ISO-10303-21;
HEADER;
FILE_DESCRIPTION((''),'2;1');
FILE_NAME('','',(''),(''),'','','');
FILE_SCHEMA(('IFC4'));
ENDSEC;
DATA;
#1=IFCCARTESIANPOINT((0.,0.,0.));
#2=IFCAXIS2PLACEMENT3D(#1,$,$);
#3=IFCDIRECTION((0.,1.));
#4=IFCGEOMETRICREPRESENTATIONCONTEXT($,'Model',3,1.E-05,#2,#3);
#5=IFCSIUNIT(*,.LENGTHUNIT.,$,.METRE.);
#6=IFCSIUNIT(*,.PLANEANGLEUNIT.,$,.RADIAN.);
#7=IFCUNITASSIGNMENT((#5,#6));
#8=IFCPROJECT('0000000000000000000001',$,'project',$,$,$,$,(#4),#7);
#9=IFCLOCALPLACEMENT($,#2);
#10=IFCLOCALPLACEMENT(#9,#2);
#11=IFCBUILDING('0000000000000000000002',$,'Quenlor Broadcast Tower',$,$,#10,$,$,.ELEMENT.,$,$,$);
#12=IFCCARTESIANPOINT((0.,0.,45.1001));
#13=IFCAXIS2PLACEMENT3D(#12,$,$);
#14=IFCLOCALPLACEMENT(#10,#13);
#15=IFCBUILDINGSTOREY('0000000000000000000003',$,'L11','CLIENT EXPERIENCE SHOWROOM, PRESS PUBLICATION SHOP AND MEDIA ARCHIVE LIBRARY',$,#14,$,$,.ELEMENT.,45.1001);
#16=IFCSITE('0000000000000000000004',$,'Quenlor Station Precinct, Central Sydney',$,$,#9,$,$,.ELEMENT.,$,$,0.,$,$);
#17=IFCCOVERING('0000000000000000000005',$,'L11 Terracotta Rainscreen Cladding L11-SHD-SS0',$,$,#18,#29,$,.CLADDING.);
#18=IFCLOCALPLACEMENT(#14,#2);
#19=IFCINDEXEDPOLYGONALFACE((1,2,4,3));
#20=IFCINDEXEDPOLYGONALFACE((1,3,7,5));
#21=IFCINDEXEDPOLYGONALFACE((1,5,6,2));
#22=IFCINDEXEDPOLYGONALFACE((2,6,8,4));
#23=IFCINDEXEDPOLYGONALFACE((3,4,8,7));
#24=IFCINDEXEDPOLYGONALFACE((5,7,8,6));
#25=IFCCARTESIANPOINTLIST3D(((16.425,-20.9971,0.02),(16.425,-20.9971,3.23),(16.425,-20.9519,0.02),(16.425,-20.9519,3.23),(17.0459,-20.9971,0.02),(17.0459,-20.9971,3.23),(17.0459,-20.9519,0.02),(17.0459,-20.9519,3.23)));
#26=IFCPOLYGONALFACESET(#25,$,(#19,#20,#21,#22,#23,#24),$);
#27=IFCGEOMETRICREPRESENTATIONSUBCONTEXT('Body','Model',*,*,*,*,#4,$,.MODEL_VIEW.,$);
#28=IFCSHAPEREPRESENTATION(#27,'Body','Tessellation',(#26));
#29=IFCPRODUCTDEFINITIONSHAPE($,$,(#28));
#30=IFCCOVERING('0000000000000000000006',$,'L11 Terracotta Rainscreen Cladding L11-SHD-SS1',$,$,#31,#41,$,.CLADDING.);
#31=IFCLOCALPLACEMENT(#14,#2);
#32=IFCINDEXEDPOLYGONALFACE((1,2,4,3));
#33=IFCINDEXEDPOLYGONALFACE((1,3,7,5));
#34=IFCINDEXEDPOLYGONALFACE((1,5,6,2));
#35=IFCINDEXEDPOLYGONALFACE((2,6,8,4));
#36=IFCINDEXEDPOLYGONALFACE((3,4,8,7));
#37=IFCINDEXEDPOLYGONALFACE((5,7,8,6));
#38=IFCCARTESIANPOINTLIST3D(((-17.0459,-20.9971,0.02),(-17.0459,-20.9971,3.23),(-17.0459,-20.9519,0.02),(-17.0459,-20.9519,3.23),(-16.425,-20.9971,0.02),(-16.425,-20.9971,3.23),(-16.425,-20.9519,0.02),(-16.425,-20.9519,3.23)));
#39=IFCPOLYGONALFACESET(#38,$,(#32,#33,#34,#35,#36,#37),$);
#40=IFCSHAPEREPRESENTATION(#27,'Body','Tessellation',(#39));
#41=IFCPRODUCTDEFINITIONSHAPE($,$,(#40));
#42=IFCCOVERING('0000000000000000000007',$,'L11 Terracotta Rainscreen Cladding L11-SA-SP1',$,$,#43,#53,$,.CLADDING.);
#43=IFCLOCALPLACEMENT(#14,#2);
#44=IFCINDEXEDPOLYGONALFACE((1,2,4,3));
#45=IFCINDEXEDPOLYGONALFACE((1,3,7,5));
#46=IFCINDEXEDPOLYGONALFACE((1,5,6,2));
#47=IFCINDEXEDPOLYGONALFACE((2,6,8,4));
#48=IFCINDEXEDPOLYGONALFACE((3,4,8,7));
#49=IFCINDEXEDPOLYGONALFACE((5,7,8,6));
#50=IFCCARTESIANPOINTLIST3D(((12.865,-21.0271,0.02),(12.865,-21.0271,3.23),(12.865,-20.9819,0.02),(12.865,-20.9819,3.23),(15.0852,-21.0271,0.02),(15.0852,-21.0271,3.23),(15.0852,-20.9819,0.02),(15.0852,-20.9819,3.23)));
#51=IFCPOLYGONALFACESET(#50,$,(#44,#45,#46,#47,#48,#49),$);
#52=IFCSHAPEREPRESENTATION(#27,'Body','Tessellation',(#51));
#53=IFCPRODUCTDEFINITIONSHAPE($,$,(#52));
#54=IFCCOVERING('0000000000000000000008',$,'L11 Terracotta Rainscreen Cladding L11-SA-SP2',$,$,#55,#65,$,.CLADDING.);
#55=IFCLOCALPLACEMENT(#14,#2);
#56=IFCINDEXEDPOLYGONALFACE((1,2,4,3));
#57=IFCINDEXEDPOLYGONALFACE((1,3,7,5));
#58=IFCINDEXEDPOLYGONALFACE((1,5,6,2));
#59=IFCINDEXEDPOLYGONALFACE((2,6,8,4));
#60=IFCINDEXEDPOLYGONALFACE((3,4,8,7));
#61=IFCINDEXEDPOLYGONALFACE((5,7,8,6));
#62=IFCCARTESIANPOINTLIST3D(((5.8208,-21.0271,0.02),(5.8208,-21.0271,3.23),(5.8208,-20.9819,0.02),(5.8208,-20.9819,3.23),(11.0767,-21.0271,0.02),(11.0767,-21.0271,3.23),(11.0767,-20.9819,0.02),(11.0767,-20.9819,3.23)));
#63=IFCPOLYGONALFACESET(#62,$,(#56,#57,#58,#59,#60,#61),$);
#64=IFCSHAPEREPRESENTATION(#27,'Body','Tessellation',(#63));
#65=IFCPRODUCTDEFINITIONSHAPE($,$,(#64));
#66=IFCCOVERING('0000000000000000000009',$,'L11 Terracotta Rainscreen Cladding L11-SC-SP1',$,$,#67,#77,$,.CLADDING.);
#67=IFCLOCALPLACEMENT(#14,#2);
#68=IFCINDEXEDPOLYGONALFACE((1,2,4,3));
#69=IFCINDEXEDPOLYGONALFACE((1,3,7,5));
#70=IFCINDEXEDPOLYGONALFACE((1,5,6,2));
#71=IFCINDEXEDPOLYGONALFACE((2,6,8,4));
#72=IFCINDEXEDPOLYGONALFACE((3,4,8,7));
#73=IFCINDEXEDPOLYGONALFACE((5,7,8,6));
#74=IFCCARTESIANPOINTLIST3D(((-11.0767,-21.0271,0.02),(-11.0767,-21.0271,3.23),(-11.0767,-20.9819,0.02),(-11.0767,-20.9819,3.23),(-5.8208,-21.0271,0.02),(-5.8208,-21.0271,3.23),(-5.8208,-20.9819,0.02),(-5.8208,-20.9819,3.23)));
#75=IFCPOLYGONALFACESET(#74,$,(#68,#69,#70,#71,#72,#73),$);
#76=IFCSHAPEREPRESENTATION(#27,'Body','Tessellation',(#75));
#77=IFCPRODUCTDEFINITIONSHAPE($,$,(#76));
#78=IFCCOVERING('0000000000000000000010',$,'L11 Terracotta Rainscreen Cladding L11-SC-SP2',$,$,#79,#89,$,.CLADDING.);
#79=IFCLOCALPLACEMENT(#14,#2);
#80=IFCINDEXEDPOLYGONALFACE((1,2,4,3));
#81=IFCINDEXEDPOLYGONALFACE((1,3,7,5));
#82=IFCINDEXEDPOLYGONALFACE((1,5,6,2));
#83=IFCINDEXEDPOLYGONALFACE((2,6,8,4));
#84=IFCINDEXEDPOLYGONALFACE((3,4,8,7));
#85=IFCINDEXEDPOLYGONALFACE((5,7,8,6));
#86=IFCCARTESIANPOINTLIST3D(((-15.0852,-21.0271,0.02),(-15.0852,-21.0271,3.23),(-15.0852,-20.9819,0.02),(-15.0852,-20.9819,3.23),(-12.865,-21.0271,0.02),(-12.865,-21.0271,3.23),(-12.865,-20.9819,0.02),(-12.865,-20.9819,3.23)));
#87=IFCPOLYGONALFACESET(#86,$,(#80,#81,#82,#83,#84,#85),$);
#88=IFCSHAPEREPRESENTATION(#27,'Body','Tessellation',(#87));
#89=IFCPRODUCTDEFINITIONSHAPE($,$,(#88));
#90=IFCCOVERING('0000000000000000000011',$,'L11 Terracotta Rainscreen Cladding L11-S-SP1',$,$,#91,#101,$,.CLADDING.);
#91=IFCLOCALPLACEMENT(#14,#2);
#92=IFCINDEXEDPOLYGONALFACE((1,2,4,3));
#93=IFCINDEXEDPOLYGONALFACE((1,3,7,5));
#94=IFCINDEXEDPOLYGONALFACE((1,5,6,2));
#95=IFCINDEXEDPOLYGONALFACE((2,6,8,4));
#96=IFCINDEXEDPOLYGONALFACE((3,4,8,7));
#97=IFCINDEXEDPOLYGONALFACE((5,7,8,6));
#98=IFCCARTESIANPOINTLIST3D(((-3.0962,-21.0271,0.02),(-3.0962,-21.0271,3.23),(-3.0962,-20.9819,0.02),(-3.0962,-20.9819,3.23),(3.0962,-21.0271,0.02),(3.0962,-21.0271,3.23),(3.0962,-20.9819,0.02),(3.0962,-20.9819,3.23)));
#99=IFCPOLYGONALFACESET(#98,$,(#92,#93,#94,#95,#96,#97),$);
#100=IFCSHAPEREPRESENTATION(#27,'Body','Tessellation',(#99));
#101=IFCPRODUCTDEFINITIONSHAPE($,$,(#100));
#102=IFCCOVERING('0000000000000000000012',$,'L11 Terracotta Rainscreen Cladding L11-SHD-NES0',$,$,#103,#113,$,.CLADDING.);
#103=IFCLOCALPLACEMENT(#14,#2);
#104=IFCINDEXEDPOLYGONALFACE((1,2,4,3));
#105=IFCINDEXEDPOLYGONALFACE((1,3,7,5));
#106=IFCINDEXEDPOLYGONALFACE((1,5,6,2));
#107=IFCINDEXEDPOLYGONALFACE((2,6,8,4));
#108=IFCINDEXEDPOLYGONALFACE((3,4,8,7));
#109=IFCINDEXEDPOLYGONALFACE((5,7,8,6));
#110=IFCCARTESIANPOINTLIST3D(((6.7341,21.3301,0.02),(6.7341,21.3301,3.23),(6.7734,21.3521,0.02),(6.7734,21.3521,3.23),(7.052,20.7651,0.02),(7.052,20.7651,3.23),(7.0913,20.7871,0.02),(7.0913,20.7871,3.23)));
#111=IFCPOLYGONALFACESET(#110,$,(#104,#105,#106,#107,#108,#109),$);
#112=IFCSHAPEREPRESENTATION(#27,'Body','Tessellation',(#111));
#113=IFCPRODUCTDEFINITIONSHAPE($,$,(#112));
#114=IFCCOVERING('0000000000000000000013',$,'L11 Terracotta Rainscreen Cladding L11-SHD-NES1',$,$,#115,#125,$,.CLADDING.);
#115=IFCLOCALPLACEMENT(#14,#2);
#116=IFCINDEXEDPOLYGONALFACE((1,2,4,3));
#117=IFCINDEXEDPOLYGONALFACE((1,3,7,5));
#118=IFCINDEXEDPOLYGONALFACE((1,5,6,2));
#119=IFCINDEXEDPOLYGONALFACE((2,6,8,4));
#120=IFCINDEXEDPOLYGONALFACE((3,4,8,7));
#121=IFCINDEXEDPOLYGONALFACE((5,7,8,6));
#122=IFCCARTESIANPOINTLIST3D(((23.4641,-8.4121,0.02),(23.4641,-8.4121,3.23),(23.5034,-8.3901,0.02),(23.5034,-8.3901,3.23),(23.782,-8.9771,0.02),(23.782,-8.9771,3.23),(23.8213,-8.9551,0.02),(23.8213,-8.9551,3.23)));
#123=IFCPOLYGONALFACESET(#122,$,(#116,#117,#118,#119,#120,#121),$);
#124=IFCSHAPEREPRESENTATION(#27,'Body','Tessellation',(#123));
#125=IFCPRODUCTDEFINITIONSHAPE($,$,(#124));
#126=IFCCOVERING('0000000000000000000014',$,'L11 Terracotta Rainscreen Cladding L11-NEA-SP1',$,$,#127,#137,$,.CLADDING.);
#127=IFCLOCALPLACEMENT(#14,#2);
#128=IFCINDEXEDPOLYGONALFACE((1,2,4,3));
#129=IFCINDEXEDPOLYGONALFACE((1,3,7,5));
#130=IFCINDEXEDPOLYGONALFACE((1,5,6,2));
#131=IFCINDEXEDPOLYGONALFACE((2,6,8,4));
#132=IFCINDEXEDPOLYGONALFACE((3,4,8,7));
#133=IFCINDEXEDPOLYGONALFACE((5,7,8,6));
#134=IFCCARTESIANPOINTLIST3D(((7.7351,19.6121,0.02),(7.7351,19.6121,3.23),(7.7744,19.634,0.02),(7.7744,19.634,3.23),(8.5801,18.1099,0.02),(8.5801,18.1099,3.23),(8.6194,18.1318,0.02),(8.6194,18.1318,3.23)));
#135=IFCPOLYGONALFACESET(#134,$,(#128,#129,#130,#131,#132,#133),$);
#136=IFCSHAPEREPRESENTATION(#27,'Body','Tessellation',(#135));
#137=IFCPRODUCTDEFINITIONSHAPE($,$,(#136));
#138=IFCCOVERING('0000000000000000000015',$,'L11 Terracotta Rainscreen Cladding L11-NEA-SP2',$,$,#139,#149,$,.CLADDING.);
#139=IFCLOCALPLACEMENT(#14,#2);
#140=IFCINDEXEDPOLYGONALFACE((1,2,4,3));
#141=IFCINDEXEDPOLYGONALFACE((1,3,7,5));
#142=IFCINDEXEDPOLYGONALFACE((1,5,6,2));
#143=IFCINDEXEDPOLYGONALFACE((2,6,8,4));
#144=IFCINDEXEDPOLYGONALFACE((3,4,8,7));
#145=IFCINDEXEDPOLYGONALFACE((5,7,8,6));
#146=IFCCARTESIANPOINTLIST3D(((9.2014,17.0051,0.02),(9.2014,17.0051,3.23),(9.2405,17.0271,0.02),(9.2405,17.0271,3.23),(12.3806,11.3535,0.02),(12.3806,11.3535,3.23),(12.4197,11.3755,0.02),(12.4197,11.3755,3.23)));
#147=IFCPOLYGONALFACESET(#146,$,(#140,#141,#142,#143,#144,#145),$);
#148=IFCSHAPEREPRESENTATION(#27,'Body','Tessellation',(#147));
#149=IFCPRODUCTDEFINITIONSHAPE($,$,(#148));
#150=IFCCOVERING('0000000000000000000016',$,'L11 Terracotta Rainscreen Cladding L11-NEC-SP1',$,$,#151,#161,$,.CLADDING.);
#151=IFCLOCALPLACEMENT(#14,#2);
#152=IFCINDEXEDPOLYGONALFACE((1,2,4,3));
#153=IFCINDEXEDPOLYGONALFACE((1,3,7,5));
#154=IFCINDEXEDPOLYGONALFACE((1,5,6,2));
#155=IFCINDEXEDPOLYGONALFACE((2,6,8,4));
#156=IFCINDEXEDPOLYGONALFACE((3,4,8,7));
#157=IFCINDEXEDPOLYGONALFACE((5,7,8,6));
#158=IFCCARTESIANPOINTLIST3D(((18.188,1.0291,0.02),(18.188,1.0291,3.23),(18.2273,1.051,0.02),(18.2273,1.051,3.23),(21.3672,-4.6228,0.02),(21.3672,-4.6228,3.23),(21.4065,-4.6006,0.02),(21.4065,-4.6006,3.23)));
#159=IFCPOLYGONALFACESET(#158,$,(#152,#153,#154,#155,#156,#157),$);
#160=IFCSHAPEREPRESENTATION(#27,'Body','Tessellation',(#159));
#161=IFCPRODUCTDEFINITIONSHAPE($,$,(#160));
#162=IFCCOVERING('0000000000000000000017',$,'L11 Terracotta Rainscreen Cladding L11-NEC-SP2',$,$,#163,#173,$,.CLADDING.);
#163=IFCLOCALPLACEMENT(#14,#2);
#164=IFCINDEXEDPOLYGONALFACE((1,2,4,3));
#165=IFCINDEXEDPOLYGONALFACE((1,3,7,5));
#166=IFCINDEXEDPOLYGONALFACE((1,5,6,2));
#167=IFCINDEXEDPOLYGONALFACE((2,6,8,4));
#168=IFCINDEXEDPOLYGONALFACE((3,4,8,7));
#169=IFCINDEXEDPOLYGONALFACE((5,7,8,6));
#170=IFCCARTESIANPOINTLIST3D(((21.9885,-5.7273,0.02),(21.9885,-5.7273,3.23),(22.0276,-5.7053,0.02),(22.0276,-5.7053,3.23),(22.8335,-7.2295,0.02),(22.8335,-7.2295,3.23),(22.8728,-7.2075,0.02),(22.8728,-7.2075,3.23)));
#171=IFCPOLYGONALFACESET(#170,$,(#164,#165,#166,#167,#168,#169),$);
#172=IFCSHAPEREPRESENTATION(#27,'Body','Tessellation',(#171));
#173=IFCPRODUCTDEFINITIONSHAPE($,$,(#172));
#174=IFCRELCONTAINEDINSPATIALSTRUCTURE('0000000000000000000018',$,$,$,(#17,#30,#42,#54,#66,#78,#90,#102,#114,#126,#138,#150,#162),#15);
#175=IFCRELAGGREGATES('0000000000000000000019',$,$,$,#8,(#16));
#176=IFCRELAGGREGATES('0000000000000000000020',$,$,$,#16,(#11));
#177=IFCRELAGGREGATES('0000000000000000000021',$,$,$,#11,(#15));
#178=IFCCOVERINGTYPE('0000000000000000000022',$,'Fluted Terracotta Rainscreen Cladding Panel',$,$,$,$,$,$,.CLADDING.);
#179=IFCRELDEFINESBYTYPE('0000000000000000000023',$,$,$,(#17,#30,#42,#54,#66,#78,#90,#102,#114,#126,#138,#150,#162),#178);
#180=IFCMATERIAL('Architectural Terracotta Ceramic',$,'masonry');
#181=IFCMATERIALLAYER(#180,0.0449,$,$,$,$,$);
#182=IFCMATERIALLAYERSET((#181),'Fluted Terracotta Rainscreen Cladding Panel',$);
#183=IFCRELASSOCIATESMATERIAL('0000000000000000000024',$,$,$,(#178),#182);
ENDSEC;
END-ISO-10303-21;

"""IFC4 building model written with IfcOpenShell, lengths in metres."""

from ifc_helpers import new_model, si_unit, direction, frame, origin, place, context, subcontext, project, spatial, polyline, outline, extrude, material, layer, layer_set, type_object, element, save


model = new_model("IFC4")

# Units and contexts
model_context = context("Model", 3, precision=1e-05, world=origin(), true_north=direction((0.0, 1.0)))
body_context = subcontext(model_context, "Body", "Model", "MODEL_VIEW")
ifc_project = project(units=[si_unit("LENGTHUNIT", "METRE"), si_unit("PLANEANGLEUNIT", "RADIAN")], contexts=[model_context])

# Site, building, storey
site_placement = place(None, origin())
site = spatial("IfcSite", under=ifc_project, at=site_placement, Name="Quenlor Station Precinct, Central Sydney", CompositionType="ELEMENT", RefElevation=0.0)
building_placement = place(site_placement, origin())
building = spatial("IfcBuilding", under=site, at=building_placement, Name="Quenlor Broadcast Tower", CompositionType="ELEMENT")
storey_placement = place(building_placement, frame((0.0, 0.0, 45.1001)))
storey = spatial("IfcBuildingStorey", under=building, at=storey_placement, Name="L11", Description="CLIENT EXPERIENCE SHOWROOM, PRESS PUBLICATION SHOP AND MEDIA ARCHIVE LIBRARY", CompositionType="ELEMENT", Elevation=45.1001)

# Coverings
ifc_material_1 = material(Name="Architectural Terracotta Ceramic", Category="masonry")
ifc_layer_1 = layer(ifc_material_1, 0.0449)
ifc_layer_set_1 = layer_set([ifc_layer_1], Name="Fluted Terracotta Rainscreen Cladding Panel")
covering_type = type_object("IfcCoveringType", Name="Fluted Terracotta Rainscreen Cladding Panel", PredefinedType="CLADDING", material=ifc_layer_set_1)
covering_1_placement = place(storey_placement, frame((0.0, 0.0, 0.02)))
element("IfcCovering", 1, at=covering_1_placement, inside=storey, type_object=covering_type, Name="L11 Terracotta Rainscreen Cladding L11-SHD-SS0", PredefinedType="CLADDING", context=body_context, shape_type="SweptSolid", body=[
    extrude(outline(polyline([(17.0459, -20.9519), (16.425, -20.9519), (16.425, -20.9971), (17.0459, -20.9971), (17.0459, -20.9519)])), origin(), (0.0, 0.0, 1.0), 3.21),
])
covering_2_placement = place(storey_placement, frame((0.0, 0.0, 0.02)))
element("IfcCovering", 2, at=covering_2_placement, inside=storey, type_object=covering_type, Name="L11 Terracotta Rainscreen Cladding L11-SHD-SS1", PredefinedType="CLADDING", context=body_context, shape_type="SweptSolid", body=[
    extrude(outline(polyline([(-16.425, -20.9519), (-17.0459, -20.9519), (-17.0459, -20.9971), (-16.425, -20.9971), (-16.425, -20.9519)])), origin(), (0.0, 0.0, 1.0), 3.21),
])
covering_3_placement = place(storey_placement, frame((0.0, 0.0, 0.02)))
element("IfcCovering", 3, at=covering_3_placement, inside=storey, type_object=covering_type, Name="L11 Terracotta Rainscreen Cladding L11-SA-SP1", PredefinedType="CLADDING", context=body_context, shape_type="SweptSolid", body=[
    extrude(outline(polyline([(15.0852, -20.9819), (12.865, -20.9819), (12.865, -21.0271), (15.0852, -21.0271), (15.0852, -20.9819)])), origin(), (0.0, 0.0, 1.0), 3.21),
])
covering_4_placement = place(storey_placement, frame((0.0, 0.0, 0.02)))
element("IfcCovering", 4, at=covering_4_placement, inside=storey, type_object=covering_type, Name="L11 Terracotta Rainscreen Cladding L11-SA-SP2", PredefinedType="CLADDING", context=body_context, shape_type="SweptSolid", body=[
    extrude(outline(polyline([(11.0767, -20.9819), (5.8208, -20.9819), (5.8208, -21.0271), (11.0767, -21.0271), (11.0767, -20.9819)])), origin(), (0.0, 0.0, 1.0), 3.21),
])
covering_5_placement = place(storey_placement, frame((0.0, 0.0, 0.02)))
element("IfcCovering", 5, at=covering_5_placement, inside=storey, type_object=covering_type, Name="L11 Terracotta Rainscreen Cladding L11-SC-SP1", PredefinedType="CLADDING", context=body_context, shape_type="SweptSolid", body=[
    extrude(outline(polyline([(-5.8208, -20.9819), (-11.0767, -20.9819), (-11.0767, -21.0271), (-5.8208, -21.0271), (-5.8208, -20.9819)])), origin(), (0.0, 0.0, 1.0), 3.21),
])
covering_6_placement = place(storey_placement, frame((0.0, 0.0, 0.02)))
element("IfcCovering", 6, at=covering_6_placement, inside=storey, type_object=covering_type, Name="L11 Terracotta Rainscreen Cladding L11-SC-SP2", PredefinedType="CLADDING", context=body_context, shape_type="SweptSolid", body=[
    extrude(outline(polyline([(-12.865, -20.9819), (-15.0852, -20.9819), (-15.0852, -21.0271), (-12.865, -21.0271), (-12.865, -20.9819)])), origin(), (0.0, 0.0, 1.0), 3.21),
])
covering_7_placement = place(storey_placement, frame((0.0, 0.0, 0.02)))
element("IfcCovering", 7, at=covering_7_placement, inside=storey, type_object=covering_type, Name="L11 Terracotta Rainscreen Cladding L11-S-SP1", PredefinedType="CLADDING", context=body_context, shape_type="SweptSolid", body=[
    extrude(outline(polyline([(3.0962, -20.9819), (-3.0962, -20.9819), (-3.0962, -21.0271), (3.0962, -21.0271), (3.0962, -20.9819)])), origin(), (0.0, 0.0, 1.0), 3.21),
])
covering_8_placement = place(storey_placement, frame((0.0, 0.0, 0.02)))
element("IfcCovering", 8, at=covering_8_placement, inside=storey, type_object=covering_type, Name="L11 Terracotta Rainscreen Cladding L11-SHD-NES0", PredefinedType="CLADDING", context=body_context, shape_type="SweptSolid", body=[
    extrude(outline(polyline([(6.7341, 21.3301), (7.052, 20.7651), (7.0913, 20.7871), (6.7734, 21.3521), (6.7341, 21.3301)])), origin(), (0.0, 0.0, 1.0), 3.21),
])
covering_9_placement = place(storey_placement, frame((0.0, 0.0, 0.02)))
element("IfcCovering", 9, at=covering_9_placement, inside=storey, type_object=covering_type, Name="L11 Terracotta Rainscreen Cladding L11-SHD-NES1", PredefinedType="CLADDING", context=body_context, shape_type="SweptSolid", body=[
    extrude(outline(polyline([(23.4641, -8.4121), (23.782, -8.9771), (23.8213, -8.9551), (23.5034, -8.3901), (23.4641, -8.4121)])), origin(), (0.0, 0.0, 1.0), 3.21),
])
covering_10_placement = place(storey_placement, frame((0.0, 0.0, 0.02)))
element("IfcCovering", 10, at=covering_10_placement, inside=storey, type_object=covering_type, Name="L11 Terracotta Rainscreen Cladding L11-NEA-SP1", PredefinedType="CLADDING", context=body_context, shape_type="SweptSolid", body=[
    extrude(outline(polyline([(7.7351, 19.6121), (8.5801, 18.1099), (8.6194, 18.1318), (7.7744, 19.634), (7.7351, 19.6121)])), origin(), (0.0, 0.0, 1.0), 3.21),
])
covering_11_placement = place(storey_placement, frame((0.0, 0.0, 0.02)))
element("IfcCovering", 11, at=covering_11_placement, inside=storey, type_object=covering_type, Name="L11 Terracotta Rainscreen Cladding L11-NEA-SP2", PredefinedType="CLADDING", context=body_context, shape_type="SweptSolid", body=[
    extrude(outline(polyline([(9.2014, 17.0051), (12.3806, 11.3535), (12.4197, 11.3755), (9.2405, 17.0271), (9.2014, 17.0051)])), origin(), (0.0, 0.0, 1.0), 3.21),
])
covering_12_placement = place(storey_placement, frame((0.0, 0.0, 0.02)))
element("IfcCovering", 12, at=covering_12_placement, inside=storey, type_object=covering_type, Name="L11 Terracotta Rainscreen Cladding L11-NEC-SP1", PredefinedType="CLADDING", context=body_context, shape_type="SweptSolid", body=[
    extrude(outline(polyline([(18.188, 1.0291), (21.3672, -4.6228), (21.4065, -4.6006), (18.2273, 1.051), (18.188, 1.0291)])), origin(), (0.0, 0.0, 1.0), 3.21),
])
covering_13_placement = place(storey_placement, frame((0.0, 0.0, 0.02)))
element("IfcCovering", 13, at=covering_13_placement, inside=storey, type_object=covering_type, Name="L11 Terracotta Rainscreen Cladding L11-NEC-SP2", PredefinedType="CLADDING", context=body_context, shape_type="SweptSolid", body=[
    extrude(outline(polyline([(21.9885, -5.7273), (22.8335, -7.2295), (22.8728, -7.2075), (22.0276, -5.7053), (21.9885, -5.7273)])), origin(), (0.0, 0.0, 1.0), 3.21),
])

save(model, "model.ifc")
